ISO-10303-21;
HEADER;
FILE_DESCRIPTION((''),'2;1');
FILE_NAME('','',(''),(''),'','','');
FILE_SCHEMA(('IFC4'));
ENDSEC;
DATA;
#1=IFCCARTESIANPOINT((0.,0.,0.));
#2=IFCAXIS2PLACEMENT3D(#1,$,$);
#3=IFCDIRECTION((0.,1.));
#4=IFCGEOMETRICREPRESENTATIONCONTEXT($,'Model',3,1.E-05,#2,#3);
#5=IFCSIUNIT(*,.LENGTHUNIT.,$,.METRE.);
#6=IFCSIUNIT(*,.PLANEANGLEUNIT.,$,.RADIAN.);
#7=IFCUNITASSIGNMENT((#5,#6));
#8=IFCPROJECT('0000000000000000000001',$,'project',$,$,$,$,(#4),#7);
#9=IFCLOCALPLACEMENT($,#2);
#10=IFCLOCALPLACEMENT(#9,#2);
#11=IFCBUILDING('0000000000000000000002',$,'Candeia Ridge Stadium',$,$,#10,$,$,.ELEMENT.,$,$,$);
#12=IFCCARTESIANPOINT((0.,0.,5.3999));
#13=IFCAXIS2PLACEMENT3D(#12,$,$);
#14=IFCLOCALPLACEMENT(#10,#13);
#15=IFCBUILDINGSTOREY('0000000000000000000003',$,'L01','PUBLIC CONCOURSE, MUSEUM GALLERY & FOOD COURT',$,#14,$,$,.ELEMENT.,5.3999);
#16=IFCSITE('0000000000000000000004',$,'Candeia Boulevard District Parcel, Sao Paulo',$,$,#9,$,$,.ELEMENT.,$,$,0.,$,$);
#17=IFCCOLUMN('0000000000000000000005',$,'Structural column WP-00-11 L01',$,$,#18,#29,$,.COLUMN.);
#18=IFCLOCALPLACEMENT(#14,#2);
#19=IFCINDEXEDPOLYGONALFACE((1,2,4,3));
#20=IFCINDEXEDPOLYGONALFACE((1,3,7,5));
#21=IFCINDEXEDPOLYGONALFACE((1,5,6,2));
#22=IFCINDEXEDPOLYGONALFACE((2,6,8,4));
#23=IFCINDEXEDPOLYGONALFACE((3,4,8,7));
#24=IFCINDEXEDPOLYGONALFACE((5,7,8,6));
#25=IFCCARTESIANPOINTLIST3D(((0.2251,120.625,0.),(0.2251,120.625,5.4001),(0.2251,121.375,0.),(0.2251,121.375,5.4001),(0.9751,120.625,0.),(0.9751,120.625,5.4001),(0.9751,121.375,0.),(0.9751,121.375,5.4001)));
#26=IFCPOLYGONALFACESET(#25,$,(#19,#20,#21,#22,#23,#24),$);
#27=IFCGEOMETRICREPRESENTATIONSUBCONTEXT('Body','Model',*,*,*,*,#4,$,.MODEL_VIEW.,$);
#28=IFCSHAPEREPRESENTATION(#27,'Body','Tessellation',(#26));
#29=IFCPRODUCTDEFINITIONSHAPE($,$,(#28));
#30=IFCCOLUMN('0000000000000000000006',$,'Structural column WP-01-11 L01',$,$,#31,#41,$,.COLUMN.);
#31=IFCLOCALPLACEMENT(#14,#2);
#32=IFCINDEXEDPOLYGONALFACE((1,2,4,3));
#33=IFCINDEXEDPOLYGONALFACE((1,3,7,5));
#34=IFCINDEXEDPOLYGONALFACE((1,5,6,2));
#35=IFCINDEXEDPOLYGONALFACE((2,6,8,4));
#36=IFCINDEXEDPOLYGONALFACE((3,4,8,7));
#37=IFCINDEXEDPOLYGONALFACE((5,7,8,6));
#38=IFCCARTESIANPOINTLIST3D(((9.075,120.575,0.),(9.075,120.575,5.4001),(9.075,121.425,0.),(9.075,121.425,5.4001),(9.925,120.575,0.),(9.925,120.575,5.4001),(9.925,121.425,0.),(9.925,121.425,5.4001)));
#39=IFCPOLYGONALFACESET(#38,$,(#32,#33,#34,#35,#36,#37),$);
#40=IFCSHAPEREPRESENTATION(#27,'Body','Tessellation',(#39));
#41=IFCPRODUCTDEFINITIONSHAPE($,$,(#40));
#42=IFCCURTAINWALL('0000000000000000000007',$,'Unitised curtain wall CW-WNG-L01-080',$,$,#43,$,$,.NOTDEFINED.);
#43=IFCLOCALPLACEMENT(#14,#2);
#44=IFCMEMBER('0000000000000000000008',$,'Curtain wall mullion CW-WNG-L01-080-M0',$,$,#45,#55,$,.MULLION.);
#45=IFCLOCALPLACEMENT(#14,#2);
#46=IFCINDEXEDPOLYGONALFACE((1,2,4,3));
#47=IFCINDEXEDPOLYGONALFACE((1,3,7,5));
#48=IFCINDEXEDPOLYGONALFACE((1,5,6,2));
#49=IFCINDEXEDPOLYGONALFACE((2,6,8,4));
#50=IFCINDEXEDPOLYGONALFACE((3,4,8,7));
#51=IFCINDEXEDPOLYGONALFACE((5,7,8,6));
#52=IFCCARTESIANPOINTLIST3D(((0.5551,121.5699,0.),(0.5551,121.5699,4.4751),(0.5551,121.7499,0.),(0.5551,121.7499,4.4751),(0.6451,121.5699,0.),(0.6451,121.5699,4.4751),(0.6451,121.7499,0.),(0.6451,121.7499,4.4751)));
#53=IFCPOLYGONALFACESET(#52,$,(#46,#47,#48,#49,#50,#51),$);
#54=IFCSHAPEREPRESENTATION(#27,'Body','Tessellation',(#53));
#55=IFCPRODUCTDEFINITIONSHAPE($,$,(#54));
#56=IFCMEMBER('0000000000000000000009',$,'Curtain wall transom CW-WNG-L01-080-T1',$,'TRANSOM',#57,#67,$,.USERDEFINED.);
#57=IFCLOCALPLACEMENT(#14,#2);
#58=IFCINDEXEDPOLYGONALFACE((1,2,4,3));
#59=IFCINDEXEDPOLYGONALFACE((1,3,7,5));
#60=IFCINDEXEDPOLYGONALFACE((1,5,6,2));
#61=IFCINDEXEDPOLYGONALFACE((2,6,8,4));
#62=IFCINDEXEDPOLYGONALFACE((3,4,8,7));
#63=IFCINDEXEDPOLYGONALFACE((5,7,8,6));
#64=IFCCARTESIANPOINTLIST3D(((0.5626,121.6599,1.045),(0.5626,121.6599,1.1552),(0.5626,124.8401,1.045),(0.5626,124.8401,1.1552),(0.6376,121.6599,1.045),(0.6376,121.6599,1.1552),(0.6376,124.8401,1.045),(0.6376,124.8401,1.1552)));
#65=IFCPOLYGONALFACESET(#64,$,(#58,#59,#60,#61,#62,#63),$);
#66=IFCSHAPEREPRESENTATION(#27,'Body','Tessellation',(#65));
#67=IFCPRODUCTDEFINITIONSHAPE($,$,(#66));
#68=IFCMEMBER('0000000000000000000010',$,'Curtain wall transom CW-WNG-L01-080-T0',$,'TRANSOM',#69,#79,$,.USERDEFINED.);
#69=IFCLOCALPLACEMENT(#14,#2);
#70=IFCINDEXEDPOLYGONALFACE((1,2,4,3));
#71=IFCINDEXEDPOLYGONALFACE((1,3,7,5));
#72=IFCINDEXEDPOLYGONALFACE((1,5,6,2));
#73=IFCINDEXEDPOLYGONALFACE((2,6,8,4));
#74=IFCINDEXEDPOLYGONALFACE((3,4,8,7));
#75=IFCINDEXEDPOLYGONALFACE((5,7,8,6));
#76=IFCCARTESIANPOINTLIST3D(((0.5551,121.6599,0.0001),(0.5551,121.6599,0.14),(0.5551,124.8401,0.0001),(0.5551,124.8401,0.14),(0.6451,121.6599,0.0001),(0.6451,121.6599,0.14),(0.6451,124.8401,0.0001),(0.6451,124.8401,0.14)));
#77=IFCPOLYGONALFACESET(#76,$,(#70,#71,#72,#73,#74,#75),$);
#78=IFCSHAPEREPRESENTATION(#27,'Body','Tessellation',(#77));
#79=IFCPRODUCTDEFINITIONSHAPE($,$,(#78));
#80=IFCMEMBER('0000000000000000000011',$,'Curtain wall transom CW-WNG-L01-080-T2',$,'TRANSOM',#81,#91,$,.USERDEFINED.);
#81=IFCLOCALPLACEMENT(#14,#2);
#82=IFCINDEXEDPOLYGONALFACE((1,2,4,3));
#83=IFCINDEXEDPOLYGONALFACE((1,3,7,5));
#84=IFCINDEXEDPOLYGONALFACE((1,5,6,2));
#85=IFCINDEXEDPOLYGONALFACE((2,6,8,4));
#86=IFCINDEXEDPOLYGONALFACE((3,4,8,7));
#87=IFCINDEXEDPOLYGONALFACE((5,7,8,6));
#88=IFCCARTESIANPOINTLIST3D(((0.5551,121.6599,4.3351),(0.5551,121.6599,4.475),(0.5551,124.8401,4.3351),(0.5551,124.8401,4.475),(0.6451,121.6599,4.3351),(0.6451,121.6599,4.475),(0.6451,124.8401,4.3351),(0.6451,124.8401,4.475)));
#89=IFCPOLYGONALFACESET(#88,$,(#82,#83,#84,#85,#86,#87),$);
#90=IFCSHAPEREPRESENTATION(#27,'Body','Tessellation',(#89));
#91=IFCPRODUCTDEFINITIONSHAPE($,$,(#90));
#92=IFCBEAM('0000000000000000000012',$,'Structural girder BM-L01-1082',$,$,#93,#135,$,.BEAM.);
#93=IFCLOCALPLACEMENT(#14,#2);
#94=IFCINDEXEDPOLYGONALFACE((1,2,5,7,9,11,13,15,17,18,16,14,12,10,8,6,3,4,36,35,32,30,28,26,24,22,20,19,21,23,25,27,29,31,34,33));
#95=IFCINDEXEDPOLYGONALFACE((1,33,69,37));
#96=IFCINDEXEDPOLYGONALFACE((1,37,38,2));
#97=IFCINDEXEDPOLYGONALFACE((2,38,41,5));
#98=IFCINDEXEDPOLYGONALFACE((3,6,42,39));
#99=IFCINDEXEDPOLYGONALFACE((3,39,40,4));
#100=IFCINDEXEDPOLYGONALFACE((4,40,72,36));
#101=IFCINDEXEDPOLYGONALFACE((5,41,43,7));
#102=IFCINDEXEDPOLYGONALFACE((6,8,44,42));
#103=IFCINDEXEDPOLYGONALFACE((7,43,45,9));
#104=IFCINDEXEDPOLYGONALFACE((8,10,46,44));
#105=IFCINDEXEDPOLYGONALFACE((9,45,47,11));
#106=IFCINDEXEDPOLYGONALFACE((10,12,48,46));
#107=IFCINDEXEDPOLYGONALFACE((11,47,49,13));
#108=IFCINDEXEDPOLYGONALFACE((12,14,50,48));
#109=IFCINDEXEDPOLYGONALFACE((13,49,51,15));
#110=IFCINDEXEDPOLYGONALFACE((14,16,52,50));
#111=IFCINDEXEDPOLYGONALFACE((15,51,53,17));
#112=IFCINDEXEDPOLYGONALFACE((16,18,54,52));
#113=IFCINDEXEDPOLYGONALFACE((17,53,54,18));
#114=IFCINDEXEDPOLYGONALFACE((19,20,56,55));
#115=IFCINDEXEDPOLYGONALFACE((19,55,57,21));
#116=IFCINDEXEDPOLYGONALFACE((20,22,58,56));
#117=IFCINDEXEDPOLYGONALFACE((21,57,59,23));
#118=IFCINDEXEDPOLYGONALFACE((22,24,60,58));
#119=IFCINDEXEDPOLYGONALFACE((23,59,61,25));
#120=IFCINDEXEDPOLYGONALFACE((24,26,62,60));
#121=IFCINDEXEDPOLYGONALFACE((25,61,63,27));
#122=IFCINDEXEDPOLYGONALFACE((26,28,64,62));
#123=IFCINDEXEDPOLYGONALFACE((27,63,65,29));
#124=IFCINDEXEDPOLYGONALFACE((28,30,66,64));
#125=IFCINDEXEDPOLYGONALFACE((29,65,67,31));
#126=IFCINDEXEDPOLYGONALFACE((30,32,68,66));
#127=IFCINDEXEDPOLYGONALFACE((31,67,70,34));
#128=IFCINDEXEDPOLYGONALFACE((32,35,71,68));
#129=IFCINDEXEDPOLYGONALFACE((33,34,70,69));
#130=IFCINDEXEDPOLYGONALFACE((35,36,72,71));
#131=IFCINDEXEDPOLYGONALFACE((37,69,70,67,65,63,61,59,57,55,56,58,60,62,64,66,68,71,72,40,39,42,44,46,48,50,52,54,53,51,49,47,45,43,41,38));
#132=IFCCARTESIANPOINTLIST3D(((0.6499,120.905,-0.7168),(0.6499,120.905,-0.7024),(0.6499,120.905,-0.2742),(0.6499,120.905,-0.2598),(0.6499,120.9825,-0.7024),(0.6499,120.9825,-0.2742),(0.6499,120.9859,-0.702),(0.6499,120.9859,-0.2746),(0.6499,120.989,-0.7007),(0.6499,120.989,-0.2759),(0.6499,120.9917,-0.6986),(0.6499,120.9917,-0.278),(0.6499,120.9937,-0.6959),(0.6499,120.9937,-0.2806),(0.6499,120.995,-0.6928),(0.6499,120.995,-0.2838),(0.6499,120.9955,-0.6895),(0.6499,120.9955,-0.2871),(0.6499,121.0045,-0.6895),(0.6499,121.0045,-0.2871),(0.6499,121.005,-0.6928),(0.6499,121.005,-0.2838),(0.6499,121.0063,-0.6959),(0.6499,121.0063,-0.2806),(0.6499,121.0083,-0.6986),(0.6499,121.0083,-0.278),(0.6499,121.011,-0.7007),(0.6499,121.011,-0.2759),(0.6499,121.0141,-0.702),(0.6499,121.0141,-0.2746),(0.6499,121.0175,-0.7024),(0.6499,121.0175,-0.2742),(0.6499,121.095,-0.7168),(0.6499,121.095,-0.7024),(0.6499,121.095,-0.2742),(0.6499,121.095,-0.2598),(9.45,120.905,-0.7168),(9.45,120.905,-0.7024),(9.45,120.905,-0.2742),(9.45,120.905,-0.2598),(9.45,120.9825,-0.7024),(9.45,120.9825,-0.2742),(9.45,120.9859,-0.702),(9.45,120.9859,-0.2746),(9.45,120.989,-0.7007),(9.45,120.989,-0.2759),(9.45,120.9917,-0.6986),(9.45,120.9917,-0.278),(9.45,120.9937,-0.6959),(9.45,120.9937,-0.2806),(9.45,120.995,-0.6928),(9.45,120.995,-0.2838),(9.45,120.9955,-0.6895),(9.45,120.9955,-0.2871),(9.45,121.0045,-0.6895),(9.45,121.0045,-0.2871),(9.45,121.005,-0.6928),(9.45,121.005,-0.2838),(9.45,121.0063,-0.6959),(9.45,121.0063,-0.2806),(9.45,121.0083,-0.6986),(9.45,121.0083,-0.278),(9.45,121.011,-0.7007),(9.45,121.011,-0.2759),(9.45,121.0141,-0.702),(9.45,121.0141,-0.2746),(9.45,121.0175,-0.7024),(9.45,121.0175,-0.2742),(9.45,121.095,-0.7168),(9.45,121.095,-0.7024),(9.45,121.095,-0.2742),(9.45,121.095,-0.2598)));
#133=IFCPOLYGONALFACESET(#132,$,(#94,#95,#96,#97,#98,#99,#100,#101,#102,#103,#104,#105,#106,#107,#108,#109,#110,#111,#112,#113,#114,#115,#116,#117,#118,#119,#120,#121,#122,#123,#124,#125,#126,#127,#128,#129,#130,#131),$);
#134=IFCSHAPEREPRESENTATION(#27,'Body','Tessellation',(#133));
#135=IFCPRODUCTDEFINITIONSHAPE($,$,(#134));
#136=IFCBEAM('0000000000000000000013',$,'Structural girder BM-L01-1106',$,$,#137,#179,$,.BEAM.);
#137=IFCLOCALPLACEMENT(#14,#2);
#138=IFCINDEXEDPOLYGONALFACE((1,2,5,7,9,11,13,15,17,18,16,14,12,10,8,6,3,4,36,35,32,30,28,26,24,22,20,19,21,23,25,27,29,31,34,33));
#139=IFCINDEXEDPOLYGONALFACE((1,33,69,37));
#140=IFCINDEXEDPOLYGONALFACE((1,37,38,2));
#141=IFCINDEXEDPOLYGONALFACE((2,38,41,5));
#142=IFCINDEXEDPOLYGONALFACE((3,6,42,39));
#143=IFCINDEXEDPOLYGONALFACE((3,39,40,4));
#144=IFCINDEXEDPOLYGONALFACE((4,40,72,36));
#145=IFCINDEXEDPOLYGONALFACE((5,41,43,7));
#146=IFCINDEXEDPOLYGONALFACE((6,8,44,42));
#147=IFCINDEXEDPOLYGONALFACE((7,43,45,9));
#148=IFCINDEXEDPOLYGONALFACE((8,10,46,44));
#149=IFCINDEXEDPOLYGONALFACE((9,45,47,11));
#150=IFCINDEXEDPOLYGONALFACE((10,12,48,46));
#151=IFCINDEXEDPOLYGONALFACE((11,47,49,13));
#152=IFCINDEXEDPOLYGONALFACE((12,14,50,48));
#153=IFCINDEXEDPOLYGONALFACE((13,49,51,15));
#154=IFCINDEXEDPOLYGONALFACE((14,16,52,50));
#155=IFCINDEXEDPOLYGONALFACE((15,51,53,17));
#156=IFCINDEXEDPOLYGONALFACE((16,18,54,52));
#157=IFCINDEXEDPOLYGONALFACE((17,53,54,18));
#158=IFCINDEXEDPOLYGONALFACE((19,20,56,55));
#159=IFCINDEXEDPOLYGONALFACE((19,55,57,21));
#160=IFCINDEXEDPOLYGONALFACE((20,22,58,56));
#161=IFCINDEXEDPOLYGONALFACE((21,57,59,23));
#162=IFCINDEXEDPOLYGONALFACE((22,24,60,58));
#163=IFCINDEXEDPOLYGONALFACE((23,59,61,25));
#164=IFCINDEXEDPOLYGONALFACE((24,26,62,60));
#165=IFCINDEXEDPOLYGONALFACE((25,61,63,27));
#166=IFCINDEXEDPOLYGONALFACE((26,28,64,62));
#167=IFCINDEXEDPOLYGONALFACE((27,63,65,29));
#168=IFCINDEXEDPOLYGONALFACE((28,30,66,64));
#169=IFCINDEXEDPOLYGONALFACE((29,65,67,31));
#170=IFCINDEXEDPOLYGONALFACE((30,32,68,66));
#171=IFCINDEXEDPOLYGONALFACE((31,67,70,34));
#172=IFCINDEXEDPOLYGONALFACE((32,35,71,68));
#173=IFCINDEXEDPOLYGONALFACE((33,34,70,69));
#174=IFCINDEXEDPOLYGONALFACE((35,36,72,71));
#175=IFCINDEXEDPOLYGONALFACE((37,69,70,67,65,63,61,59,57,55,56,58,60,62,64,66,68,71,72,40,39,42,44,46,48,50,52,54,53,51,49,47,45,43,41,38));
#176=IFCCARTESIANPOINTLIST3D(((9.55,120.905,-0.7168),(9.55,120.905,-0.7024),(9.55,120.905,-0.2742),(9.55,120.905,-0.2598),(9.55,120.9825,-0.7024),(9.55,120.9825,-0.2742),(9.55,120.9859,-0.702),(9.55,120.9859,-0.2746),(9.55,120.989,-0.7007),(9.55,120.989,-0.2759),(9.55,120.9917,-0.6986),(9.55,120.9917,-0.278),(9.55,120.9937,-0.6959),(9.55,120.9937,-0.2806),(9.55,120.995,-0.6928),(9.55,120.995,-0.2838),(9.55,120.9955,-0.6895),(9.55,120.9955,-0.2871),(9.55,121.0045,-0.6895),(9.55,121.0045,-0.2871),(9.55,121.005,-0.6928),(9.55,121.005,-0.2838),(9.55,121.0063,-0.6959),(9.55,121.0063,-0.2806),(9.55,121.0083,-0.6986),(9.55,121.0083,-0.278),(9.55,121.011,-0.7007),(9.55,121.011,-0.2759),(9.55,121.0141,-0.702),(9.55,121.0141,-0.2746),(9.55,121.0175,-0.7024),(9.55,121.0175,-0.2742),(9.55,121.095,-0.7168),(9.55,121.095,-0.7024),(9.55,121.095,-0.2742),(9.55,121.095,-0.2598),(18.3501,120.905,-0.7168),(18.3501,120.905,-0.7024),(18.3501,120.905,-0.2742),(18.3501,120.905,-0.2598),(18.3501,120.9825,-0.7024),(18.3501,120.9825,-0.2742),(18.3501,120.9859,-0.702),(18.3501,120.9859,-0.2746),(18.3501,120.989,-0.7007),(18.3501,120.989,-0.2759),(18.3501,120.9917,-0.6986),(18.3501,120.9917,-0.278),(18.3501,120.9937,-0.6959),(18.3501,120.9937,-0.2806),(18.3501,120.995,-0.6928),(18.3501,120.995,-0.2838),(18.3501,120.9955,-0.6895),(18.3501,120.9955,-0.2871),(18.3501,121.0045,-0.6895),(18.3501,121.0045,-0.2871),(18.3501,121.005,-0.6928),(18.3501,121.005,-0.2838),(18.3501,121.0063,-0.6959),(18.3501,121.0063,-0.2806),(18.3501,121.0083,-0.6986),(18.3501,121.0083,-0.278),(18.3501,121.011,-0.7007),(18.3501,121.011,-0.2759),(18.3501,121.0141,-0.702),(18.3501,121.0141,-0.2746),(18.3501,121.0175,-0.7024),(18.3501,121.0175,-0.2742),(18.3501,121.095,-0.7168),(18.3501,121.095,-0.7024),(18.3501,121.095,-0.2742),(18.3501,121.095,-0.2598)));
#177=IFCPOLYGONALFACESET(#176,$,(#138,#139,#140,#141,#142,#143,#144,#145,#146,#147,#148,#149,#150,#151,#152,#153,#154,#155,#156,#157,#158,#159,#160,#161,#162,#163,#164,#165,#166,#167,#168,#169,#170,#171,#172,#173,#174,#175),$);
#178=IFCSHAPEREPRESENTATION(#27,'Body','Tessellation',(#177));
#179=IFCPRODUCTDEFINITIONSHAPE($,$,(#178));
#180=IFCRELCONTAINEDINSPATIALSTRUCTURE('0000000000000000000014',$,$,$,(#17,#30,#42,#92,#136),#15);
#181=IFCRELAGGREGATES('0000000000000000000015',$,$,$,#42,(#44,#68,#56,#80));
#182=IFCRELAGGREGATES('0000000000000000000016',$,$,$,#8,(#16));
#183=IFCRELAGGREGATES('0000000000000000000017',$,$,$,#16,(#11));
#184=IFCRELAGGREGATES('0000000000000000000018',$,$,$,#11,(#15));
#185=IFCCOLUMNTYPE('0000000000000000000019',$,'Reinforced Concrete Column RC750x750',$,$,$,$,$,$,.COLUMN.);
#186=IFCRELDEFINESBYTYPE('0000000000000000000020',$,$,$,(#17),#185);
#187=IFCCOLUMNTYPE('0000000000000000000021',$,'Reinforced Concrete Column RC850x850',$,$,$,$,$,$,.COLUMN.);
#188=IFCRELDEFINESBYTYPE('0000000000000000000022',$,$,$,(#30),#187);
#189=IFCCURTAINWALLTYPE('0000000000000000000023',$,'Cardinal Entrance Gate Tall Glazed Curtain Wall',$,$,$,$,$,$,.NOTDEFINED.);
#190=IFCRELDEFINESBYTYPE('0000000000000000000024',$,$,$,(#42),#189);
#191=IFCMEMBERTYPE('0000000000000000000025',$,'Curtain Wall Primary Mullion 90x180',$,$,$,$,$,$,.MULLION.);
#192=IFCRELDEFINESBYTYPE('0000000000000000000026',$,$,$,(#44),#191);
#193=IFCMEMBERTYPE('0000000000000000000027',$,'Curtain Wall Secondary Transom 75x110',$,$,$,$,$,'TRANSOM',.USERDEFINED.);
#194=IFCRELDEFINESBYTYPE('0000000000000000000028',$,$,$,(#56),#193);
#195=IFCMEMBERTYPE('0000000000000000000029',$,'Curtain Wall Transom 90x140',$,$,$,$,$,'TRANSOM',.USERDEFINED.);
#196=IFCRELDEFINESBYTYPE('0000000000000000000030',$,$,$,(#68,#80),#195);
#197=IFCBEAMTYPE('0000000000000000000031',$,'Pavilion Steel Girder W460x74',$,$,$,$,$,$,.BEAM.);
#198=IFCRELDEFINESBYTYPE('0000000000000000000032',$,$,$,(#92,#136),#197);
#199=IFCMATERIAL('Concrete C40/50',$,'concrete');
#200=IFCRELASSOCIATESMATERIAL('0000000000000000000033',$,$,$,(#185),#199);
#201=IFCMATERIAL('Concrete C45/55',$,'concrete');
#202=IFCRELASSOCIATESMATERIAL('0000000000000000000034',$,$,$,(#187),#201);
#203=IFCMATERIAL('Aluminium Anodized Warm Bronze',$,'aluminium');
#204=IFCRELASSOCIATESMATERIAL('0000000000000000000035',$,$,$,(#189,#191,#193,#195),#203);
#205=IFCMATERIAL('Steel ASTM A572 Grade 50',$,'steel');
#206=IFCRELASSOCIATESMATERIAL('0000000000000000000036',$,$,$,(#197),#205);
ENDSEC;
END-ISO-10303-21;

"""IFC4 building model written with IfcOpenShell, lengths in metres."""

from ifc_helpers import new_model, si_unit, direction, frame, origin, origin_2d, place, context, subcontext, project, spatial, rectangle, i_section, extrude, material, material_profile, profile_set, type_object, element, aggregate, save


model = new_model("IFC4")

# Units and contexts
model_context = context("Model", 3, precision=1e-05, world=origin(), true_north=direction((0.0, 1.0)))
body_context = subcontext(model_context, "Body", "Model", "MODEL_VIEW")
ifc_project = project(units=[si_unit("LENGTHUNIT", "METRE"), si_unit("PLANEANGLEUNIT", "RADIAN")], contexts=[model_context])

# Site, building, storey
site_placement = place(None, origin())
site = spatial("IfcSite", under=ifc_project, at=site_placement, Name="Candeia Boulevard District Parcel, Sao Paulo", CompositionType="ELEMENT", RefElevation=0.0)
building_placement = place(site_placement, origin())
building = spatial("IfcBuilding", under=site, at=building_placement, Name="Candeia Ridge Stadium", CompositionType="ELEMENT")
storey_placement = place(building_placement, frame((0.0, 0.0, 5.3999)))
storey = spatial("IfcBuildingStorey", under=building, at=storey_placement, Name="L01", Description="PUBLIC CONCOURSE, MUSEUM GALLERY & FOOD COURT", CompositionType="ELEMENT", Elevation=5.3999)

# Columns
ifc_material_1 = material(Name="Concrete C40/50", Category="concrete")
ifc_material_profile_1 = material_profile(ifc_material_1, rectangle(XDim=0.75, YDim=0.75, at=origin_2d()), Name="RC750x750", Category="concrete")
ifc_profile_set_1 = profile_set([ifc_material_profile_1], Name="Concrete C40/50")
column_type_1 = type_object("IfcColumnType", Name="Reinforced Concrete Column RC750x750", PredefinedType="COLUMN", material=ifc_profile_set_1)
column_1_placement = place(storey_placement, frame((0.6001, 121.0, 0.0), z_axis=(0.0, 0.0, 1.0), x_axis=(1.0, 0.0, 0.0)))
element("IfcColumn", 1, at=column_1_placement, inside=storey, type_object=column_type_1, Name="Structural column WP-00-11 L01", PredefinedType="COLUMN", context=body_context, shape_type="SweptSolid", body=[
    extrude(rectangle(XDim=0.75, YDim=0.75, at=origin_2d()), origin(), (0.0, 0.0, 1.0), 5.4001),
])
ifc_material_2 = material(Name="Concrete C45/55", Category="concrete")
ifc_material_profile_2 = material_profile(ifc_material_2, rectangle(XDim=0.8501, YDim=0.8501, at=origin_2d()), Name="RC850x850", Category="concrete")
ifc_profile_set_2 = profile_set([ifc_material_profile_2], Name="Concrete C45/55")
column_type_2 = type_object("IfcColumnType", Name="Reinforced Concrete Column RC850x850", PredefinedType="COLUMN", material=ifc_profile_set_2)
column_2_placement = place(storey_placement, frame((9.5, 121.0, 0.0), z_axis=(0.0, 0.0, 1.0), x_axis=(1.0, 0.0, 0.0)))
element("IfcColumn", 2, at=column_2_placement, inside=storey, type_object=column_type_2, Name="Structural column WP-01-11 L01", PredefinedType="COLUMN", context=body_context, shape_type="SweptSolid", body=[
    extrude(rectangle(XDim=0.8501, YDim=0.8501, at=origin_2d()), origin(), (0.0, 0.0, 1.0), 5.4001),
])

# Curtain wall, members
ifc_material_3 = material(Name="Aluminium Anodized Warm Bronze", Category="aluminium")
curtain_wall_type = type_object("IfcCurtainWallType", Name="Cardinal Entrance Gate Tall Glazed Curtain Wall", PredefinedType="NOTDEFINED", material=ifc_material_3)
curtain_wall_placement = place(storey_placement, origin())
curtain_wall = element("IfcCurtainWall", 3, at=curtain_wall_placement, inside=storey, type_object=curtain_wall_type, Name="Unitised curtain wall CW-WNG-L01-080", PredefinedType="NOTDEFINED")
ifc_material_profile_3 = material_profile(ifc_material_3, rectangle(XDim=0.0901, YDim=0.1799, at=origin_2d()), Name="CWM-90x180", Category="aluminium")
ifc_profile_set_3 = profile_set([ifc_material_profile_3], Name="Aluminium Anodized Warm Bronze")
member_type_1 = type_object("IfcMemberType", Name="Curtain Wall Primary Mullion 90x180", PredefinedType="MULLION", material=ifc_profile_set_3)
member_1_placement = place(storey_placement, frame((0.6001, 121.6599, 0.0), z_axis=(0.0, 0.0, 1.0), x_axis=(1.0, 0.0, 0.0)))
member_1 = element("IfcMember", 4, at=member_1_placement, type_object=member_type_1, Name="Curtain wall mullion CW-WNG-L01-080-M0", PredefinedType="MULLION", context=body_context, shape_type="SweptSolid", body=[
    extrude(rectangle(XDim=0.0901, YDim=0.1799, at=origin_2d()), origin(), (0.0, 0.0, 1.0), 4.4751),
])
ifc_material_profile_4 = material_profile(ifc_material_3, rectangle(XDim=0.075, YDim=0.1101, at=origin_2d()), Name="CWT-75x110", Category="aluminium")
ifc_profile_set_4 = profile_set([ifc_material_profile_4], Name="Aluminium Anodized Warm Bronze")
member_type_2 = type_object("IfcMemberType", Name="Curtain Wall Secondary Transom 75x110", ElementType="TRANSOM", PredefinedType="USERDEFINED", material=ifc_profile_set_4)
member_2_placement = place(storey_placement, frame((0.6001, 121.6599, 1.1001), z_axis=(0.0, 1.0, 0.0), x_axis=(-1.0, 0.0, 0.0)))
member_2 = element("IfcMember", 5, at=member_2_placement, type_object=member_type_2, Name="Curtain wall transom CW-WNG-L01-080-T1", ObjectType="TRANSOM", PredefinedType="USERDEFINED", context=body_context, shape_type="SweptSolid", body=[
    extrude(rectangle(XDim=0.075, YDim=0.1101, at=origin_2d()), origin(), (0.0, 0.0, 1.0), 3.1802),
])
ifc_material_profile_5 = material_profile(ifc_material_3, rectangle(XDim=0.0901, YDim=0.1399, at=origin_2d()), Name="CWT-90x140", Category="aluminium")
ifc_profile_set_5 = profile_set([ifc_material_profile_5], Name="Aluminium Anodized Warm Bronze")
member_type_3 = type_object("IfcMemberType", Name="Curtain Wall Transom 90x140", ElementType="TRANSOM", PredefinedType="USERDEFINED", material=ifc_profile_set_5)
member_3_placement = place(storey_placement, frame((0.6001, 121.6599, 0.0701), z_axis=(0.0, 1.0, 0.0), x_axis=(-1.0, 0.0, 0.0)))
member_3 = element("IfcMember", 6, at=member_3_placement, type_object=member_type_3, Name="Curtain wall transom CW-WNG-L01-080-T0", ObjectType="TRANSOM", PredefinedType="USERDEFINED", context=body_context, shape_type="SweptSolid", body=[
    extrude(rectangle(XDim=0.0901, YDim=0.1399, at=origin_2d()), origin(), (0.0, 0.0, 1.0), 3.1802),
])
member_4_placement = place(storey_placement, frame((0.6001, 121.6599, 4.405), z_axis=(0.0, 1.0, 0.0), x_axis=(-1.0, 0.0, 0.0)))
member_4 = element("IfcMember", 7, at=member_4_placement, type_object=member_type_3, Name="Curtain wall transom CW-WNG-L01-080-T2", ObjectType="TRANSOM", PredefinedType="USERDEFINED", context=body_context, shape_type="SweptSolid", body=[
    extrude(rectangle(XDim=0.0901, YDim=0.1399, at=origin_2d()), origin(), (0.0, 0.0, 1.0), 3.1802),
])

# Beams
ifc_material_4 = material(Name="Steel ASTM A572 Grade 50", Category="steel")
ifc_material_profile_6 = material_profile(ifc_material_4, i_section(OverallWidth=0.1899, OverallDepth=0.457, WebThickness=0.009, FlangeThickness=0.0144, FilletRadius=0.0129, at=origin_2d()), Name="W460x74", Category="steel")
ifc_profile_set_6 = profile_set([ifc_material_profile_6], Name="Steel ASTM A572 Grade 50")
beam_type_1 = type_object("IfcBeamType", Name="Pavilion Steel Girder W460x74", PredefinedType="BEAM", material=ifc_profile_set_6)
for number, where, z_axis, x_axis, name in (
    (8, (0.6499, 121.0, -0.4883), (1.0, 0.0, 0.0), (0.0, 1.0, 0.0), "Structural girder BM-L01-1082"),
    (9, (9.55, 121.0, -0.4883), (1.0, 0.0, 0.0), (0.0, 1.0, 0.0), "Structural girder BM-L01-1106"),
):
    element("IfcBeam", number, at=place(storey_placement, frame(where, z_axis=z_axis, x_axis=x_axis)), inside=storey, type_object=beam_type_1, Name=name, PredefinedType="BEAM", context=body_context, shape_type="SweptSolid", body=[
        extrude(i_section(OverallWidth=0.1899, OverallDepth=0.457, WebThickness=0.009, FlangeThickness=0.0144, FilletRadius=0.0129, at=origin_2d()), origin(), (0.0, 0.0, 1.0), 8.8),
    ])

aggregate(curtain_wall, [member_1, member_3, member_2, member_4])

save(model, "model.ifc")
